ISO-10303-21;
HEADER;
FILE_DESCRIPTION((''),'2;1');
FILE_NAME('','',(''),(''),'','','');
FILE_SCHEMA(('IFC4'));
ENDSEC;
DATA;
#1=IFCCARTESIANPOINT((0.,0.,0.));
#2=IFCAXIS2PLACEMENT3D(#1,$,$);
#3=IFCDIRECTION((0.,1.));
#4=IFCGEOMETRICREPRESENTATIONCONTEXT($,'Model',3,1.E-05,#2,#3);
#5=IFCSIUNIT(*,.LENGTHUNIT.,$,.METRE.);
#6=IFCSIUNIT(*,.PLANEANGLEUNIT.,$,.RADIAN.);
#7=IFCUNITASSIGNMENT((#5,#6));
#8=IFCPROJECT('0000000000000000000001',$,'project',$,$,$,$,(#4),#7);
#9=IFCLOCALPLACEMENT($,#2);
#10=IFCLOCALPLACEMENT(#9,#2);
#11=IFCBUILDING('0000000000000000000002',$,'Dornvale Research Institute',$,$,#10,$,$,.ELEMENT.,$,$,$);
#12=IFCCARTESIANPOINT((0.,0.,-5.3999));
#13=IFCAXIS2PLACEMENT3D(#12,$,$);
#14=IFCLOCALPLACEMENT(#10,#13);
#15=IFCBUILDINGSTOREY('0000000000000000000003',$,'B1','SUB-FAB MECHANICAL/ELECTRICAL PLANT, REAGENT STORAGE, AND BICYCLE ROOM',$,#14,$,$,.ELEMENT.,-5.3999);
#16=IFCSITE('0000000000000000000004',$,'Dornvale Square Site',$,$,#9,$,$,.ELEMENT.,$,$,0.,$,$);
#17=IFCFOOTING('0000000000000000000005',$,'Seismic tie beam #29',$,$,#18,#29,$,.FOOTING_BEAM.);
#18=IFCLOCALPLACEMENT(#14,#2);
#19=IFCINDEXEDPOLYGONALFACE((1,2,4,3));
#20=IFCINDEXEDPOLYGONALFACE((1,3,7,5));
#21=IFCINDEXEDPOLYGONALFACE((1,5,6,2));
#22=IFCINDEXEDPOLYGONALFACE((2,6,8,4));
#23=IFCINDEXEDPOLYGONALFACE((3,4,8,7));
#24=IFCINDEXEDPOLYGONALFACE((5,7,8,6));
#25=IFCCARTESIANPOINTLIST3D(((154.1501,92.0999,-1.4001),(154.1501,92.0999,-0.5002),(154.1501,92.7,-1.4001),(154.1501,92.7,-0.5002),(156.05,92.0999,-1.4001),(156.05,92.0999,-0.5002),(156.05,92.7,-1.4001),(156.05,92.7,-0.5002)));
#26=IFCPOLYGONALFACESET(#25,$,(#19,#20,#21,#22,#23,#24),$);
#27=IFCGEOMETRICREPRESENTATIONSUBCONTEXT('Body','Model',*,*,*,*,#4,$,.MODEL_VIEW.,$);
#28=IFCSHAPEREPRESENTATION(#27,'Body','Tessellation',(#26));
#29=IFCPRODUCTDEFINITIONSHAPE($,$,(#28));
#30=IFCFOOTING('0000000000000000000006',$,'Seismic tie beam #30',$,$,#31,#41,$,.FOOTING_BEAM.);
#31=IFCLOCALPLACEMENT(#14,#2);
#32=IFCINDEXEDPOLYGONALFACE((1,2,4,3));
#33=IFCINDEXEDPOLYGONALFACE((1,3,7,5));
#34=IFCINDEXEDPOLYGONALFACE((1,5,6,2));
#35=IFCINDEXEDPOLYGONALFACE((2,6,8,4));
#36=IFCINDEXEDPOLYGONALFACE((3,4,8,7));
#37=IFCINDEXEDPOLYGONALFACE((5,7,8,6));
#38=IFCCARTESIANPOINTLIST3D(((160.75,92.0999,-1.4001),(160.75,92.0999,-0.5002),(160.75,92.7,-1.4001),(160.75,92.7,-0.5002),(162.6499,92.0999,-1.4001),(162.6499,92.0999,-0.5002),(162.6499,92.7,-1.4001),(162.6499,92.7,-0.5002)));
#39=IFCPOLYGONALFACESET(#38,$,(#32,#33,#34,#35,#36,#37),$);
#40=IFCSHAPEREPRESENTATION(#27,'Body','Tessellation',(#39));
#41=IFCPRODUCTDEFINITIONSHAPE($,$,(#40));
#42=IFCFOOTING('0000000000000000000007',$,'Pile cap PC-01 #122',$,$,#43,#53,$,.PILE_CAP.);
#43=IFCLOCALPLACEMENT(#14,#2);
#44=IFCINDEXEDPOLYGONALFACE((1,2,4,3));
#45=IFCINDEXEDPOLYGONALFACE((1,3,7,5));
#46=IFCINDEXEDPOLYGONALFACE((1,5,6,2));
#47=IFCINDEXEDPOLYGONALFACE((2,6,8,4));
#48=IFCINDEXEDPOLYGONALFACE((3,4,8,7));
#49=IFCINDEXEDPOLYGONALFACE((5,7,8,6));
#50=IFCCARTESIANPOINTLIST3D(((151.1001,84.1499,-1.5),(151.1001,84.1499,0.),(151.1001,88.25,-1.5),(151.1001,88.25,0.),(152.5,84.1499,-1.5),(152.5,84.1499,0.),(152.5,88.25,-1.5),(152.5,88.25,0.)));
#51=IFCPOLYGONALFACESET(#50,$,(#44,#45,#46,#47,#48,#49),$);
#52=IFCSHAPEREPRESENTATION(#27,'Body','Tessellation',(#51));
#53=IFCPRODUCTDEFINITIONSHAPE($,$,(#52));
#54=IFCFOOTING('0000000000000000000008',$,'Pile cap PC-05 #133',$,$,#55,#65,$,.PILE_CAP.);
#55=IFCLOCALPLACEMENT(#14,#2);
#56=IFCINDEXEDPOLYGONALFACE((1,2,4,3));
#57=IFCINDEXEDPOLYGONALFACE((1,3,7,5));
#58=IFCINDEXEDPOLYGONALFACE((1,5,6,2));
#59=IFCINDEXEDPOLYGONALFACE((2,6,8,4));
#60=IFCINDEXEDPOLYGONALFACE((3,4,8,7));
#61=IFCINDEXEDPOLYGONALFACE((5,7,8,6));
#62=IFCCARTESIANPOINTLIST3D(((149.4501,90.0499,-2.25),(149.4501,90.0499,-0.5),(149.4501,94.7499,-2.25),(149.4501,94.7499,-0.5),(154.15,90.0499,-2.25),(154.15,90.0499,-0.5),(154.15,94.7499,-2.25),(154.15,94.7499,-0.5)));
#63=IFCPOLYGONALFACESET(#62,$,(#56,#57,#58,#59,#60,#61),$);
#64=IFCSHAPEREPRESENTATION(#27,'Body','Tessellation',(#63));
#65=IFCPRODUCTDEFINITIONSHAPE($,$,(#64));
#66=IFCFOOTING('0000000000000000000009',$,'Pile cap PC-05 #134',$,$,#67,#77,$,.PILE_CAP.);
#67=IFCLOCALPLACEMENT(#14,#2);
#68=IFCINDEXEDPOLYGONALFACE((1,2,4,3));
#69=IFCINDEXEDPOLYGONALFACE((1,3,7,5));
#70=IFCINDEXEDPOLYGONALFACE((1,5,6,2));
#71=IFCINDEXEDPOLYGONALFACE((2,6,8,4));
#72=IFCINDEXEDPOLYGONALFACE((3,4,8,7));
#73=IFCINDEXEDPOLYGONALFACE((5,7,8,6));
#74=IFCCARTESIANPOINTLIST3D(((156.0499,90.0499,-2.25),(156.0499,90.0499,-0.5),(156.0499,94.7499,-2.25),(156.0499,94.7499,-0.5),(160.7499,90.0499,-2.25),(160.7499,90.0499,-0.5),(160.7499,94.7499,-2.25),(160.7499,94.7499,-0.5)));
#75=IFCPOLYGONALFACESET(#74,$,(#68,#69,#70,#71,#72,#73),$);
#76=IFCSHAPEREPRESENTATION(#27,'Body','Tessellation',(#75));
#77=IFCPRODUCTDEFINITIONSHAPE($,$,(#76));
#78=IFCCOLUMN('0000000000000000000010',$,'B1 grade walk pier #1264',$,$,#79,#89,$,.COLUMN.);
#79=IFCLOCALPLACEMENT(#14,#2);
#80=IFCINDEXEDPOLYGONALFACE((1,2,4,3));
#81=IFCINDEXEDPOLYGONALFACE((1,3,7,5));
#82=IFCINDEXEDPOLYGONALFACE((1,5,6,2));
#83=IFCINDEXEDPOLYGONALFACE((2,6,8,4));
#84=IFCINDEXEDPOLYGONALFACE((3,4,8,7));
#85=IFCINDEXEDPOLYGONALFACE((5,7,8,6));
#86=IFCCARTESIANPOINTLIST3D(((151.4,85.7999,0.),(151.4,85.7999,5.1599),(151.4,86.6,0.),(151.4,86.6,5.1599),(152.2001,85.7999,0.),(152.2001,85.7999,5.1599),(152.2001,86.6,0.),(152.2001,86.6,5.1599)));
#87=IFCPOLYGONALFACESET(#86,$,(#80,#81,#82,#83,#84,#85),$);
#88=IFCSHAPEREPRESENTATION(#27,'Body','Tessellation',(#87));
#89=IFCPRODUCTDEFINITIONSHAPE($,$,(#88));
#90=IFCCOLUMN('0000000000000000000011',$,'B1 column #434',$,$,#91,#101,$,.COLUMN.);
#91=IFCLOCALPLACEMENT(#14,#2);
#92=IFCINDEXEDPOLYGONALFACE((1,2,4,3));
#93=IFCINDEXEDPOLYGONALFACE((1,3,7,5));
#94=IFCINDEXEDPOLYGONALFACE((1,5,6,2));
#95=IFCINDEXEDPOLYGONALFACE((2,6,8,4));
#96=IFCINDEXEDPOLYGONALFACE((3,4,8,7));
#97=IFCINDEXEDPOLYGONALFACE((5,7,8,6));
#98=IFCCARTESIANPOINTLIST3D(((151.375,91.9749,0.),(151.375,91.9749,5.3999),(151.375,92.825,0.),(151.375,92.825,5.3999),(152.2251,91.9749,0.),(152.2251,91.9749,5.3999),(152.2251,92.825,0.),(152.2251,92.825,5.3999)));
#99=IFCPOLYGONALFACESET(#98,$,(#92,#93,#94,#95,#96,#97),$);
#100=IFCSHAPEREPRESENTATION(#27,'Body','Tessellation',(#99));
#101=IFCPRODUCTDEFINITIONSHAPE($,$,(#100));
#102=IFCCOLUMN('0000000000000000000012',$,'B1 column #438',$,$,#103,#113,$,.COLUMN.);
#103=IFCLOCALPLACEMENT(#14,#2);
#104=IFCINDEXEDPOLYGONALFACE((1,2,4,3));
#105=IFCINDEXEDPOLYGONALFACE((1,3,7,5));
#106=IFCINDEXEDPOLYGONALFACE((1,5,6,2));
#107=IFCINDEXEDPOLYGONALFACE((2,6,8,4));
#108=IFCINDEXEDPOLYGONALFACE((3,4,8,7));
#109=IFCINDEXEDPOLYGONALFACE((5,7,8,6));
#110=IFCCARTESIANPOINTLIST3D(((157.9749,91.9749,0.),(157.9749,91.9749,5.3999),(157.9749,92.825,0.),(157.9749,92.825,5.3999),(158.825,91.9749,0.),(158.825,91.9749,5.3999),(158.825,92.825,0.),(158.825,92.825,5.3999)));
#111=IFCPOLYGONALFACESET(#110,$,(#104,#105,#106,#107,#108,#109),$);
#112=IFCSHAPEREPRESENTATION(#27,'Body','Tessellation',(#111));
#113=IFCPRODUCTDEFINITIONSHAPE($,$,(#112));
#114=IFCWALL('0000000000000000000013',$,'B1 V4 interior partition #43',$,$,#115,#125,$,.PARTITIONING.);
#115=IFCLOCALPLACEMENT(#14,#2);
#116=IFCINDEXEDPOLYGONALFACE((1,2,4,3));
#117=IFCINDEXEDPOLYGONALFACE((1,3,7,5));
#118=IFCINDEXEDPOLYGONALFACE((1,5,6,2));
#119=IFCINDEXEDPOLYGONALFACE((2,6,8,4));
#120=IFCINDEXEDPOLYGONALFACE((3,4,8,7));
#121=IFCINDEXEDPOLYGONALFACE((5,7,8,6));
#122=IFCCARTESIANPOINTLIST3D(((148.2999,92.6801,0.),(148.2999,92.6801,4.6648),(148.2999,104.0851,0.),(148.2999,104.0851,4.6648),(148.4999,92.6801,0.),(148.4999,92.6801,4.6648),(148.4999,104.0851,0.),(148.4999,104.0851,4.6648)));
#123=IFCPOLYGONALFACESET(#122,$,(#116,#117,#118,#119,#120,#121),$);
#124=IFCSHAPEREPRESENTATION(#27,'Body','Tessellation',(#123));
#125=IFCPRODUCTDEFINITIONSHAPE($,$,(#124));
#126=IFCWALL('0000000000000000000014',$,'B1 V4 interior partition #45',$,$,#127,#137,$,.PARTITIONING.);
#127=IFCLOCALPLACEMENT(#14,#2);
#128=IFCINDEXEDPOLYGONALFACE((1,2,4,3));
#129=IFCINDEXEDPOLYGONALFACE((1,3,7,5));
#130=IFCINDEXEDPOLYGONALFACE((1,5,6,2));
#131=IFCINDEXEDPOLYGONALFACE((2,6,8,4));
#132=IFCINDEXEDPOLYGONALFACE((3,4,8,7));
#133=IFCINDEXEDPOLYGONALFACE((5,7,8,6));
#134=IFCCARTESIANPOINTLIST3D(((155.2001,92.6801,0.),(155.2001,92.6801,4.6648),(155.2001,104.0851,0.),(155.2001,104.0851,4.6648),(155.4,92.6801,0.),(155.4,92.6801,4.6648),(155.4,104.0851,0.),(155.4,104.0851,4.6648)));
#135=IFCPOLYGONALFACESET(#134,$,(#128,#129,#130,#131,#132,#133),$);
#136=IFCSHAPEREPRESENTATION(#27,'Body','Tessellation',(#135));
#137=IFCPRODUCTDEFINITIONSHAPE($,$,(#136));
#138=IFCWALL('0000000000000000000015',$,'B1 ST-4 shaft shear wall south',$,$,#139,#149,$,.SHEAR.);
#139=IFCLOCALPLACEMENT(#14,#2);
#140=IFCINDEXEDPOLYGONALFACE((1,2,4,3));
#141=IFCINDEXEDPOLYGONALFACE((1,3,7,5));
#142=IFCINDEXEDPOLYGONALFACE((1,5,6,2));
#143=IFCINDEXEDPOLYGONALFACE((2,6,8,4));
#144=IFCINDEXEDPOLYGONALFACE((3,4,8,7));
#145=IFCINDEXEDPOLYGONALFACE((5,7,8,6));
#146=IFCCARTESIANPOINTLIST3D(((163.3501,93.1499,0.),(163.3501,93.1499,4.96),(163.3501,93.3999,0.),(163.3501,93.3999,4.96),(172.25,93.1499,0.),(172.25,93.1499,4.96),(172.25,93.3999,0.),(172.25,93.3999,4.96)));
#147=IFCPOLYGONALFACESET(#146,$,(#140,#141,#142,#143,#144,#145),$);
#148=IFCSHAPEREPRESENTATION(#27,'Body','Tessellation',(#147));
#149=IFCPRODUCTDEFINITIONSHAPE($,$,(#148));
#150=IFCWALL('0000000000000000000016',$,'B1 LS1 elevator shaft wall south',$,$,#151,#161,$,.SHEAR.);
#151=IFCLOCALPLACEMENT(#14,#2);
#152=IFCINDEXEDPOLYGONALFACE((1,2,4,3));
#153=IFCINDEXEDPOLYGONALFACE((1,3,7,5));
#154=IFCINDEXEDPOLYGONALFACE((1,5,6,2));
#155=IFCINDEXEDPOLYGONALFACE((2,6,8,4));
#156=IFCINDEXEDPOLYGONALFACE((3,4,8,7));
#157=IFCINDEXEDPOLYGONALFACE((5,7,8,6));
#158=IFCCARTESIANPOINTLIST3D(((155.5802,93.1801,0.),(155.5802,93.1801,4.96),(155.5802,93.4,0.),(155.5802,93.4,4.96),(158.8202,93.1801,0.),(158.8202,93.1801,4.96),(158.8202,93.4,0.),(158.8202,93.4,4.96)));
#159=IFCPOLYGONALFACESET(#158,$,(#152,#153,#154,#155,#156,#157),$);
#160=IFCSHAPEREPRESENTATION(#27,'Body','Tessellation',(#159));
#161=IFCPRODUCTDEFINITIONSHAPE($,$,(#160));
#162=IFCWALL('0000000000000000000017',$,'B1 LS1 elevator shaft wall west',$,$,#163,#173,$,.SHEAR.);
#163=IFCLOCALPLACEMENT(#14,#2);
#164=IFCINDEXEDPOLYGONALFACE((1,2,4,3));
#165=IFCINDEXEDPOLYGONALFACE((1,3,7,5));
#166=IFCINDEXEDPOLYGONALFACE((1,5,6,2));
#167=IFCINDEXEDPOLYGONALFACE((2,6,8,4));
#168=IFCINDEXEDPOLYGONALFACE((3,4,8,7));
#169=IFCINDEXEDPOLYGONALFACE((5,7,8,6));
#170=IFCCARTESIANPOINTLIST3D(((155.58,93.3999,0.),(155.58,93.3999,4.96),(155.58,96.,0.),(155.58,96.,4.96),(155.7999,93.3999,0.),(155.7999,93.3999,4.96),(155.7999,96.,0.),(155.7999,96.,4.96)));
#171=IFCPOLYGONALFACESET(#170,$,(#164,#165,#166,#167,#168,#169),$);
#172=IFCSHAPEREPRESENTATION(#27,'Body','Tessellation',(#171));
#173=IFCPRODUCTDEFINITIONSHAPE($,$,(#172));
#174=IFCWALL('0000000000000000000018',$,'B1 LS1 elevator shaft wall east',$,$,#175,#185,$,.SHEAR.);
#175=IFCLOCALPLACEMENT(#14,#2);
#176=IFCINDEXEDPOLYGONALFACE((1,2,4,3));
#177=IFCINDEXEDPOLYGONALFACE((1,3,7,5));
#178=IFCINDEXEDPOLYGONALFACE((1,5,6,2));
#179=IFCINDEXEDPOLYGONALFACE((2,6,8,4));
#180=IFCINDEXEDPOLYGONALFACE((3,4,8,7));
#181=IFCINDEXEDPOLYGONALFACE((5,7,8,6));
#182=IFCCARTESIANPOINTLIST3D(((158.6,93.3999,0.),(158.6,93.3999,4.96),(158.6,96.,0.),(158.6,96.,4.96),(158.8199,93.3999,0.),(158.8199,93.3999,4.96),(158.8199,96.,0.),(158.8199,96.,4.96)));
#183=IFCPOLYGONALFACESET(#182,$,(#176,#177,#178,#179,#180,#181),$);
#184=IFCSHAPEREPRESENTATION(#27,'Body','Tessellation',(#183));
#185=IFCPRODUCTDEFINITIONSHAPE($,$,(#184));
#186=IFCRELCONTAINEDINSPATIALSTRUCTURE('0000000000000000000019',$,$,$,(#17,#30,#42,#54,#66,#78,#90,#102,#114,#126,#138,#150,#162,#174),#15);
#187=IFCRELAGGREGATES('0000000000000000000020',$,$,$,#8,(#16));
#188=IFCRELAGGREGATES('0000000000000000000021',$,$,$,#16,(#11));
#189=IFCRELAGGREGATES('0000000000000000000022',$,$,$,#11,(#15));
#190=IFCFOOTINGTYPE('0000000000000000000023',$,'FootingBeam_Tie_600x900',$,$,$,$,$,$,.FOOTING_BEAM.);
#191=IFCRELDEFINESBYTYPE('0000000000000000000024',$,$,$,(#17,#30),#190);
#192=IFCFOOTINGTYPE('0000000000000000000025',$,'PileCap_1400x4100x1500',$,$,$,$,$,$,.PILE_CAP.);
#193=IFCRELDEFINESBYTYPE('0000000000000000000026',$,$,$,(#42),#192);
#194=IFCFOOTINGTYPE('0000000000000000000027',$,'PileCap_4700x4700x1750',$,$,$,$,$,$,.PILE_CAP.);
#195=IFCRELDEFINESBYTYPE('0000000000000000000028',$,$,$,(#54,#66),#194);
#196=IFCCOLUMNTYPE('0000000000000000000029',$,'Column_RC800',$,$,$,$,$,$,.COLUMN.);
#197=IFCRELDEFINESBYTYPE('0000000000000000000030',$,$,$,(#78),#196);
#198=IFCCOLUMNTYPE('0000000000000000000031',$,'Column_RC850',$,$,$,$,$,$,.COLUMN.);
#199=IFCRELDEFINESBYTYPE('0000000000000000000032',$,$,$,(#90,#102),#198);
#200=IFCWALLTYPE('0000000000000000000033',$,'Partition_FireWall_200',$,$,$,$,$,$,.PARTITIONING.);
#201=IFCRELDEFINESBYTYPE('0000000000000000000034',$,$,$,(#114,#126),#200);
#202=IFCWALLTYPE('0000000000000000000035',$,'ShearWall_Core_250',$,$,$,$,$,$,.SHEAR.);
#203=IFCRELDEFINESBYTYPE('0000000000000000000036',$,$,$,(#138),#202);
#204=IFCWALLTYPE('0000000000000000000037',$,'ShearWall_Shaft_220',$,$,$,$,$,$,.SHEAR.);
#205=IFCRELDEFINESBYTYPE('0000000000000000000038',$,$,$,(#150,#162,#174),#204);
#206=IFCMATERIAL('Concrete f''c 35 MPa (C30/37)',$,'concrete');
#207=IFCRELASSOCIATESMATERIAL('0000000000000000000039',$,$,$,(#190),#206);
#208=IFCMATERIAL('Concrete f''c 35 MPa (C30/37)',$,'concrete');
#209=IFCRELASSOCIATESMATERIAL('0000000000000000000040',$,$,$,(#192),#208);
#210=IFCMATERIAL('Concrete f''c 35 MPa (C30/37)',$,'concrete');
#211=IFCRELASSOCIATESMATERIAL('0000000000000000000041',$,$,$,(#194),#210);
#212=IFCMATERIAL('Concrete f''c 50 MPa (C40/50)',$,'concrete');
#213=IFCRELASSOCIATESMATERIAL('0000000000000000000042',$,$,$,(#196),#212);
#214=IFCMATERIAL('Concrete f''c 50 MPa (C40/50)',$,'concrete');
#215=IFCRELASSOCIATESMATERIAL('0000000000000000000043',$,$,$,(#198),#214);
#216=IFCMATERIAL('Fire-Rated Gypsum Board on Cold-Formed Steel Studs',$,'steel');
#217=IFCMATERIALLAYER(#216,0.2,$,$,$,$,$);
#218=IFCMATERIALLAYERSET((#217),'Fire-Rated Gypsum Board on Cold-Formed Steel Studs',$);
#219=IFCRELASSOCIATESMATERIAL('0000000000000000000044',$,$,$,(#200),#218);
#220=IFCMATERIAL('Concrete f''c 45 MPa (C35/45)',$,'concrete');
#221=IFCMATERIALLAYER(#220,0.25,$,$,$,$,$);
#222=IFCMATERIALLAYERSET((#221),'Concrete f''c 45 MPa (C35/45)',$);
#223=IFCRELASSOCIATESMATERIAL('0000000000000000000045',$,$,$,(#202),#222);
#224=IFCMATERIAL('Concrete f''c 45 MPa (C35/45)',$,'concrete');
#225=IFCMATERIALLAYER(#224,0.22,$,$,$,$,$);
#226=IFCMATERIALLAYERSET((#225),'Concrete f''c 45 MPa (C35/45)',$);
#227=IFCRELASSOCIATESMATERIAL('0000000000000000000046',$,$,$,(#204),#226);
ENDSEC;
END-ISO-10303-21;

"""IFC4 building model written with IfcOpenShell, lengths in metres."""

from ifc_helpers import new_model, si_unit, direction, frame, frame_2d, origin, origin_2d, place, context, subcontext, project, spatial, rectangle, extrude, material, layer, layer_set, material_profile, profile_set, type_object, element, save


model = new_model("IFC4")

# Units and contexts
model_context = context("Model", 3, precision=1e-05, world=origin(), true_north=direction((0.0, 1.0)))
body_context = subcontext(model_context, "Body", "Model", "MODEL_VIEW")
ifc_project = project(units=[si_unit("LENGTHUNIT", "METRE"), si_unit("PLANEANGLEUNIT", "RADIAN")], contexts=[model_context])

# Site, building, storey
site_placement = place(None, origin())
site = spatial("IfcSite", under=ifc_project, at=site_placement, Name="Dornvale Square Site", CompositionType="ELEMENT", RefElevation=0.0)
building_placement = place(site_placement, origin())
building = spatial("IfcBuilding", under=site, at=building_placement, Name="Dornvale Research Institute", CompositionType="ELEMENT")
storey_placement = place(building_placement, frame((0.0, 0.0, -5.3999)))
storey = spatial("IfcBuildingStorey", under=building, at=storey_placement, Name="B1", Description="SUB-FAB MECHANICAL/ELECTRICAL PLANT, REAGENT STORAGE, AND BICYCLE ROOM", CompositionType="ELEMENT", Elevation=-5.3999)

# Footings
ifc_material_1 = material(Name="Concrete f'c 35 MPa (C30/37)", Category="concrete")
footing_type_1 = type_object("IfcFootingType", Name="FootingBeam_Tie_600x900", PredefinedType="FOOTING_BEAM", material=ifc_material_1)
for number, where, z_axis, x_axis, name in (
    (1, (155.1001, 92.3999, -1.4001), (0.0, 0.0, 1.0), (1.0, 0.0, 0.0), "Seismic tie beam #29"),
    (2, (161.7, 92.3999, -1.4001), (0.0, 0.0, 1.0), (1.0, 0.0, 0.0), "Seismic tie beam #30"),
):
    element("IfcFooting", number, at=place(storey_placement, frame(where, z_axis=z_axis, x_axis=x_axis)), inside=storey, type_object=footing_type_1, Name=name, PredefinedType="FOOTING_BEAM", context=body_context, shape_type="SweptSolid", body=[
        extrude(rectangle(XDim=1.8999, YDim=0.6001, at=origin_2d()), origin(), (0.0, 0.0, 1.0), 0.8999),
    ])
ifc_material_2 = material(Name="Concrete f'c 35 MPa (C30/37)", Category="concrete")
footing_type_2 = type_object("IfcFootingType", Name="PileCap_1400x4100x1500", PredefinedType="PILE_CAP", material=ifc_material_2)
footing_placement = place(storey_placement, frame((151.8, 86.2, -1.5), z_axis=(0.0, 0.0, 1.0), x_axis=(1.0, 0.0, 0.0)))
element("IfcFooting", 3, at=footing_placement, inside=storey, type_object=footing_type_2, Name="Pile cap PC-01 #122", PredefinedType="PILE_CAP", context=body_context, shape_type="SweptSolid", body=[
    extrude(rectangle(XDim=1.3999, YDim=4.1001, at=origin_2d()), origin(), (0.0, 0.0, 1.0), 1.5),
])
ifc_material_3 = material(Name="Concrete f'c 35 MPa (C30/37)", Category="concrete")
footing_type_3 = type_object("IfcFootingType", Name="PileCap_4700x4700x1750", PredefinedType="PILE_CAP", material=ifc_material_3)
for number, where, z_axis, x_axis, name in (
    (4, (151.8, 92.3999, -2.25), (0.0, 0.0, 1.0), (1.0, 0.0, 0.0), "Pile cap PC-05 #133"),
    (5, (158.3999, 92.3999, -2.25), (0.0, 0.0, 1.0), (1.0, 0.0, 0.0), "Pile cap PC-05 #134"),
):
    element("IfcFooting", number, at=place(storey_placement, frame(where, z_axis=z_axis, x_axis=x_axis)), inside=storey, type_object=footing_type_3, Name=name, PredefinedType="PILE_CAP", context=body_context, shape_type="SweptSolid", body=[
        extrude(rectangle(XDim=4.7, YDim=4.7, at=origin_2d()), origin(), (0.0, 0.0, 1.0), 1.75),
    ])

# Columns
ifc_material_4 = material(Name="Concrete f'c 50 MPa (C40/50)", Category="concrete")
ifc_material_profile_1 = material_profile(ifc_material_4, rectangle(XDim=0.8, YDim=0.8, at=origin_2d()), Name="RC 800x800")
ifc_profile_set_1 = profile_set([ifc_material_profile_1], Name="Concrete f'c 50 MPa (C40/50)")
column_type_1 = type_object("IfcColumnType", Name="Column_RC800", PredefinedType="COLUMN", material=ifc_profile_set_1)
column_placement = place(storey_placement, frame((151.8, 86.2, 0.0), z_axis=(0.0, 0.0, 1.0), x_axis=(1.0, 0.0, 0.0)))
element("IfcColumn", 6, at=column_placement, inside=storey, type_object=column_type_1, Name="B1 grade walk pier #1264", PredefinedType="COLUMN", context=body_context, shape_type="SweptSolid", body=[
    extrude(rectangle(XDim=0.8, YDim=0.8, at=origin_2d()), origin(), (0.0, 0.0, 1.0), 5.1599),
])
ifc_material_5 = material(Name="Concrete f'c 50 MPa (C40/50)", Category="concrete")
ifc_material_profile_2 = material_profile(ifc_material_5, rectangle(XDim=0.8501, YDim=0.8501, at=origin_2d()), Name="RC 850x850")
ifc_profile_set_2 = profile_set([ifc_material_profile_2], Name="Concrete f'c 50 MPa (C40/50)")
column_type_2 = type_object("IfcColumnType", Name="Column_RC850", PredefinedType="COLUMN", material=ifc_profile_set_2)
for number, where, z_axis, x_axis, name in (
    (7, (151.8, 92.3999, 0.0), (0.0, 0.0, 1.0), (1.0, 0.0, 0.0), "B1 column #434"),
    (8, (158.3999, 92.3999, 0.0), (0.0, 0.0, 1.0), (1.0, 0.0, 0.0), "B1 column #438"),
):
    element("IfcColumn", number, at=place(storey_placement, frame(where, z_axis=z_axis, x_axis=x_axis)), inside=storey, type_object=column_type_2, Name=name, PredefinedType="COLUMN", context=body_context, shape_type="SweptSolid", body=[
        extrude(rectangle(XDim=0.8501, YDim=0.8501, at=origin_2d()), origin(), (0.0, 0.0, 1.0), 5.3999),
    ])

# Walls
ifc_material_6 = material(Name="Fire-Rated Gypsum Board on Cold-Formed Steel Studs", Category="steel")
ifc_layer_1 = layer(ifc_material_6, 0.2)
ifc_layer_set_1 = layer_set([ifc_layer_1], Name="Fire-Rated Gypsum Board on Cold-Formed Steel Studs")
wall_type_1 = type_object("IfcWallType", Name="Partition_FireWall_200", PredefinedType="PARTITIONING", material=ifc_layer_set_1)
for number, where, z_axis, x_axis, name in (
    (9, (148.3999, 92.6799, 0.0), (0.0, 0.0, 1.0), (0.0, 1.0, 0.0), "B1 V4 interior partition #43"),
    (10, (155.3, 92.6799, 0.0), (0.0, 0.0, 1.0), (0.0, 1.0, 0.0), "B1 V4 interior partition #45"),
):
    element("IfcWall", number, at=place(storey_placement, frame(where, z_axis=z_axis, x_axis=x_axis)), inside=storey, type_object=wall_type_1, Name=name, PredefinedType="PARTITIONING", context=body_context, shape_type="SweptSolid", body=[
        extrude(rectangle(XDim=11.405, YDim=0.2, at=frame_2d((5.7026, 0.0))), origin(), (0.0, 0.0, 1.0), 4.6648),
    ])
ifc_material_7 = material(Name="Concrete f'c 45 MPa (C35/45)", Category="concrete")
ifc_layer_2 = layer(ifc_material_7, 0.25)
ifc_layer_set_2 = layer_set([ifc_layer_2], Name="Concrete f'c 45 MPa (C35/45)")
wall_type_2 = type_object("IfcWallType", Name="ShearWall_Core_250", PredefinedType="SHEAR", material=ifc_layer_set_2)
wall_1_placement = place(storey_placement, frame((163.3501, 93.2749, 0.0), z_axis=(0.0, 0.0, 1.0), x_axis=(1.0, 0.0, 0.0)))
element("IfcWall", 11, at=wall_1_placement, inside=storey, type_object=wall_type_2, Name="B1 ST-4 shaft shear wall south", PredefinedType="SHEAR", context=body_context, shape_type="SweptSolid", body=[
    extrude(rectangle(XDim=8.8999, YDim=0.25, at=frame_2d((4.45, 0.0))), origin(), (0.0, 0.0, 1.0), 4.96),
])
ifc_material_8 = material(Name="Concrete f'c 45 MPa (C35/45)", Category="concrete")
ifc_layer_3 = layer(ifc_material_8, 0.22)
ifc_layer_set_3 = layer_set([ifc_layer_3], Name="Concrete f'c 45 MPa (C35/45)")
wall_type_3 = type_object("IfcWallType", Name="ShearWall_Shaft_220", PredefinedType="SHEAR", material=ifc_layer_set_3)
wall_2_placement = place(storey_placement, frame((155.5801, 93.29, 0.0), z_axis=(0.0, 0.0, 1.0), x_axis=(1.0, 0.0, 0.0)))
element("IfcWall", 12, at=wall_2_placement, inside=storey, type_object=wall_type_3, Name="B1 LS1 elevator shaft wall south", PredefinedType="SHEAR", context=body_context, shape_type="SweptSolid", body=[
    extrude(rectangle(XDim=3.24, YDim=0.22, at=frame_2d((1.6201, 0.0))), origin(), (0.0, 0.0, 1.0), 4.96),
])
for number, where, z_axis, x_axis, name in (
    (13, (155.6899, 93.3999, 0.0), (0.0, 0.0, 1.0), (0.0, 1.0, 0.0), "B1 LS1 elevator shaft wall west"),
    (14, (158.71, 93.3999, 0.0), (0.0, 0.0, 1.0), (0.0, 1.0, 0.0), "B1 LS1 elevator shaft wall east"),
):
    element("IfcWall", number, at=place(storey_placement, frame(where, z_axis=z_axis, x_axis=x_axis)), inside=storey, type_object=wall_type_3, Name=name, PredefinedType="SHEAR", context=body_context, shape_type="SweptSolid", body=[
        extrude(rectangle(XDim=2.6001, YDim=0.22, at=frame_2d((1.3, 0.0))), origin(), (0.0, 0.0, 1.0), 4.96),
    ])

save(model, "model.ifc")
